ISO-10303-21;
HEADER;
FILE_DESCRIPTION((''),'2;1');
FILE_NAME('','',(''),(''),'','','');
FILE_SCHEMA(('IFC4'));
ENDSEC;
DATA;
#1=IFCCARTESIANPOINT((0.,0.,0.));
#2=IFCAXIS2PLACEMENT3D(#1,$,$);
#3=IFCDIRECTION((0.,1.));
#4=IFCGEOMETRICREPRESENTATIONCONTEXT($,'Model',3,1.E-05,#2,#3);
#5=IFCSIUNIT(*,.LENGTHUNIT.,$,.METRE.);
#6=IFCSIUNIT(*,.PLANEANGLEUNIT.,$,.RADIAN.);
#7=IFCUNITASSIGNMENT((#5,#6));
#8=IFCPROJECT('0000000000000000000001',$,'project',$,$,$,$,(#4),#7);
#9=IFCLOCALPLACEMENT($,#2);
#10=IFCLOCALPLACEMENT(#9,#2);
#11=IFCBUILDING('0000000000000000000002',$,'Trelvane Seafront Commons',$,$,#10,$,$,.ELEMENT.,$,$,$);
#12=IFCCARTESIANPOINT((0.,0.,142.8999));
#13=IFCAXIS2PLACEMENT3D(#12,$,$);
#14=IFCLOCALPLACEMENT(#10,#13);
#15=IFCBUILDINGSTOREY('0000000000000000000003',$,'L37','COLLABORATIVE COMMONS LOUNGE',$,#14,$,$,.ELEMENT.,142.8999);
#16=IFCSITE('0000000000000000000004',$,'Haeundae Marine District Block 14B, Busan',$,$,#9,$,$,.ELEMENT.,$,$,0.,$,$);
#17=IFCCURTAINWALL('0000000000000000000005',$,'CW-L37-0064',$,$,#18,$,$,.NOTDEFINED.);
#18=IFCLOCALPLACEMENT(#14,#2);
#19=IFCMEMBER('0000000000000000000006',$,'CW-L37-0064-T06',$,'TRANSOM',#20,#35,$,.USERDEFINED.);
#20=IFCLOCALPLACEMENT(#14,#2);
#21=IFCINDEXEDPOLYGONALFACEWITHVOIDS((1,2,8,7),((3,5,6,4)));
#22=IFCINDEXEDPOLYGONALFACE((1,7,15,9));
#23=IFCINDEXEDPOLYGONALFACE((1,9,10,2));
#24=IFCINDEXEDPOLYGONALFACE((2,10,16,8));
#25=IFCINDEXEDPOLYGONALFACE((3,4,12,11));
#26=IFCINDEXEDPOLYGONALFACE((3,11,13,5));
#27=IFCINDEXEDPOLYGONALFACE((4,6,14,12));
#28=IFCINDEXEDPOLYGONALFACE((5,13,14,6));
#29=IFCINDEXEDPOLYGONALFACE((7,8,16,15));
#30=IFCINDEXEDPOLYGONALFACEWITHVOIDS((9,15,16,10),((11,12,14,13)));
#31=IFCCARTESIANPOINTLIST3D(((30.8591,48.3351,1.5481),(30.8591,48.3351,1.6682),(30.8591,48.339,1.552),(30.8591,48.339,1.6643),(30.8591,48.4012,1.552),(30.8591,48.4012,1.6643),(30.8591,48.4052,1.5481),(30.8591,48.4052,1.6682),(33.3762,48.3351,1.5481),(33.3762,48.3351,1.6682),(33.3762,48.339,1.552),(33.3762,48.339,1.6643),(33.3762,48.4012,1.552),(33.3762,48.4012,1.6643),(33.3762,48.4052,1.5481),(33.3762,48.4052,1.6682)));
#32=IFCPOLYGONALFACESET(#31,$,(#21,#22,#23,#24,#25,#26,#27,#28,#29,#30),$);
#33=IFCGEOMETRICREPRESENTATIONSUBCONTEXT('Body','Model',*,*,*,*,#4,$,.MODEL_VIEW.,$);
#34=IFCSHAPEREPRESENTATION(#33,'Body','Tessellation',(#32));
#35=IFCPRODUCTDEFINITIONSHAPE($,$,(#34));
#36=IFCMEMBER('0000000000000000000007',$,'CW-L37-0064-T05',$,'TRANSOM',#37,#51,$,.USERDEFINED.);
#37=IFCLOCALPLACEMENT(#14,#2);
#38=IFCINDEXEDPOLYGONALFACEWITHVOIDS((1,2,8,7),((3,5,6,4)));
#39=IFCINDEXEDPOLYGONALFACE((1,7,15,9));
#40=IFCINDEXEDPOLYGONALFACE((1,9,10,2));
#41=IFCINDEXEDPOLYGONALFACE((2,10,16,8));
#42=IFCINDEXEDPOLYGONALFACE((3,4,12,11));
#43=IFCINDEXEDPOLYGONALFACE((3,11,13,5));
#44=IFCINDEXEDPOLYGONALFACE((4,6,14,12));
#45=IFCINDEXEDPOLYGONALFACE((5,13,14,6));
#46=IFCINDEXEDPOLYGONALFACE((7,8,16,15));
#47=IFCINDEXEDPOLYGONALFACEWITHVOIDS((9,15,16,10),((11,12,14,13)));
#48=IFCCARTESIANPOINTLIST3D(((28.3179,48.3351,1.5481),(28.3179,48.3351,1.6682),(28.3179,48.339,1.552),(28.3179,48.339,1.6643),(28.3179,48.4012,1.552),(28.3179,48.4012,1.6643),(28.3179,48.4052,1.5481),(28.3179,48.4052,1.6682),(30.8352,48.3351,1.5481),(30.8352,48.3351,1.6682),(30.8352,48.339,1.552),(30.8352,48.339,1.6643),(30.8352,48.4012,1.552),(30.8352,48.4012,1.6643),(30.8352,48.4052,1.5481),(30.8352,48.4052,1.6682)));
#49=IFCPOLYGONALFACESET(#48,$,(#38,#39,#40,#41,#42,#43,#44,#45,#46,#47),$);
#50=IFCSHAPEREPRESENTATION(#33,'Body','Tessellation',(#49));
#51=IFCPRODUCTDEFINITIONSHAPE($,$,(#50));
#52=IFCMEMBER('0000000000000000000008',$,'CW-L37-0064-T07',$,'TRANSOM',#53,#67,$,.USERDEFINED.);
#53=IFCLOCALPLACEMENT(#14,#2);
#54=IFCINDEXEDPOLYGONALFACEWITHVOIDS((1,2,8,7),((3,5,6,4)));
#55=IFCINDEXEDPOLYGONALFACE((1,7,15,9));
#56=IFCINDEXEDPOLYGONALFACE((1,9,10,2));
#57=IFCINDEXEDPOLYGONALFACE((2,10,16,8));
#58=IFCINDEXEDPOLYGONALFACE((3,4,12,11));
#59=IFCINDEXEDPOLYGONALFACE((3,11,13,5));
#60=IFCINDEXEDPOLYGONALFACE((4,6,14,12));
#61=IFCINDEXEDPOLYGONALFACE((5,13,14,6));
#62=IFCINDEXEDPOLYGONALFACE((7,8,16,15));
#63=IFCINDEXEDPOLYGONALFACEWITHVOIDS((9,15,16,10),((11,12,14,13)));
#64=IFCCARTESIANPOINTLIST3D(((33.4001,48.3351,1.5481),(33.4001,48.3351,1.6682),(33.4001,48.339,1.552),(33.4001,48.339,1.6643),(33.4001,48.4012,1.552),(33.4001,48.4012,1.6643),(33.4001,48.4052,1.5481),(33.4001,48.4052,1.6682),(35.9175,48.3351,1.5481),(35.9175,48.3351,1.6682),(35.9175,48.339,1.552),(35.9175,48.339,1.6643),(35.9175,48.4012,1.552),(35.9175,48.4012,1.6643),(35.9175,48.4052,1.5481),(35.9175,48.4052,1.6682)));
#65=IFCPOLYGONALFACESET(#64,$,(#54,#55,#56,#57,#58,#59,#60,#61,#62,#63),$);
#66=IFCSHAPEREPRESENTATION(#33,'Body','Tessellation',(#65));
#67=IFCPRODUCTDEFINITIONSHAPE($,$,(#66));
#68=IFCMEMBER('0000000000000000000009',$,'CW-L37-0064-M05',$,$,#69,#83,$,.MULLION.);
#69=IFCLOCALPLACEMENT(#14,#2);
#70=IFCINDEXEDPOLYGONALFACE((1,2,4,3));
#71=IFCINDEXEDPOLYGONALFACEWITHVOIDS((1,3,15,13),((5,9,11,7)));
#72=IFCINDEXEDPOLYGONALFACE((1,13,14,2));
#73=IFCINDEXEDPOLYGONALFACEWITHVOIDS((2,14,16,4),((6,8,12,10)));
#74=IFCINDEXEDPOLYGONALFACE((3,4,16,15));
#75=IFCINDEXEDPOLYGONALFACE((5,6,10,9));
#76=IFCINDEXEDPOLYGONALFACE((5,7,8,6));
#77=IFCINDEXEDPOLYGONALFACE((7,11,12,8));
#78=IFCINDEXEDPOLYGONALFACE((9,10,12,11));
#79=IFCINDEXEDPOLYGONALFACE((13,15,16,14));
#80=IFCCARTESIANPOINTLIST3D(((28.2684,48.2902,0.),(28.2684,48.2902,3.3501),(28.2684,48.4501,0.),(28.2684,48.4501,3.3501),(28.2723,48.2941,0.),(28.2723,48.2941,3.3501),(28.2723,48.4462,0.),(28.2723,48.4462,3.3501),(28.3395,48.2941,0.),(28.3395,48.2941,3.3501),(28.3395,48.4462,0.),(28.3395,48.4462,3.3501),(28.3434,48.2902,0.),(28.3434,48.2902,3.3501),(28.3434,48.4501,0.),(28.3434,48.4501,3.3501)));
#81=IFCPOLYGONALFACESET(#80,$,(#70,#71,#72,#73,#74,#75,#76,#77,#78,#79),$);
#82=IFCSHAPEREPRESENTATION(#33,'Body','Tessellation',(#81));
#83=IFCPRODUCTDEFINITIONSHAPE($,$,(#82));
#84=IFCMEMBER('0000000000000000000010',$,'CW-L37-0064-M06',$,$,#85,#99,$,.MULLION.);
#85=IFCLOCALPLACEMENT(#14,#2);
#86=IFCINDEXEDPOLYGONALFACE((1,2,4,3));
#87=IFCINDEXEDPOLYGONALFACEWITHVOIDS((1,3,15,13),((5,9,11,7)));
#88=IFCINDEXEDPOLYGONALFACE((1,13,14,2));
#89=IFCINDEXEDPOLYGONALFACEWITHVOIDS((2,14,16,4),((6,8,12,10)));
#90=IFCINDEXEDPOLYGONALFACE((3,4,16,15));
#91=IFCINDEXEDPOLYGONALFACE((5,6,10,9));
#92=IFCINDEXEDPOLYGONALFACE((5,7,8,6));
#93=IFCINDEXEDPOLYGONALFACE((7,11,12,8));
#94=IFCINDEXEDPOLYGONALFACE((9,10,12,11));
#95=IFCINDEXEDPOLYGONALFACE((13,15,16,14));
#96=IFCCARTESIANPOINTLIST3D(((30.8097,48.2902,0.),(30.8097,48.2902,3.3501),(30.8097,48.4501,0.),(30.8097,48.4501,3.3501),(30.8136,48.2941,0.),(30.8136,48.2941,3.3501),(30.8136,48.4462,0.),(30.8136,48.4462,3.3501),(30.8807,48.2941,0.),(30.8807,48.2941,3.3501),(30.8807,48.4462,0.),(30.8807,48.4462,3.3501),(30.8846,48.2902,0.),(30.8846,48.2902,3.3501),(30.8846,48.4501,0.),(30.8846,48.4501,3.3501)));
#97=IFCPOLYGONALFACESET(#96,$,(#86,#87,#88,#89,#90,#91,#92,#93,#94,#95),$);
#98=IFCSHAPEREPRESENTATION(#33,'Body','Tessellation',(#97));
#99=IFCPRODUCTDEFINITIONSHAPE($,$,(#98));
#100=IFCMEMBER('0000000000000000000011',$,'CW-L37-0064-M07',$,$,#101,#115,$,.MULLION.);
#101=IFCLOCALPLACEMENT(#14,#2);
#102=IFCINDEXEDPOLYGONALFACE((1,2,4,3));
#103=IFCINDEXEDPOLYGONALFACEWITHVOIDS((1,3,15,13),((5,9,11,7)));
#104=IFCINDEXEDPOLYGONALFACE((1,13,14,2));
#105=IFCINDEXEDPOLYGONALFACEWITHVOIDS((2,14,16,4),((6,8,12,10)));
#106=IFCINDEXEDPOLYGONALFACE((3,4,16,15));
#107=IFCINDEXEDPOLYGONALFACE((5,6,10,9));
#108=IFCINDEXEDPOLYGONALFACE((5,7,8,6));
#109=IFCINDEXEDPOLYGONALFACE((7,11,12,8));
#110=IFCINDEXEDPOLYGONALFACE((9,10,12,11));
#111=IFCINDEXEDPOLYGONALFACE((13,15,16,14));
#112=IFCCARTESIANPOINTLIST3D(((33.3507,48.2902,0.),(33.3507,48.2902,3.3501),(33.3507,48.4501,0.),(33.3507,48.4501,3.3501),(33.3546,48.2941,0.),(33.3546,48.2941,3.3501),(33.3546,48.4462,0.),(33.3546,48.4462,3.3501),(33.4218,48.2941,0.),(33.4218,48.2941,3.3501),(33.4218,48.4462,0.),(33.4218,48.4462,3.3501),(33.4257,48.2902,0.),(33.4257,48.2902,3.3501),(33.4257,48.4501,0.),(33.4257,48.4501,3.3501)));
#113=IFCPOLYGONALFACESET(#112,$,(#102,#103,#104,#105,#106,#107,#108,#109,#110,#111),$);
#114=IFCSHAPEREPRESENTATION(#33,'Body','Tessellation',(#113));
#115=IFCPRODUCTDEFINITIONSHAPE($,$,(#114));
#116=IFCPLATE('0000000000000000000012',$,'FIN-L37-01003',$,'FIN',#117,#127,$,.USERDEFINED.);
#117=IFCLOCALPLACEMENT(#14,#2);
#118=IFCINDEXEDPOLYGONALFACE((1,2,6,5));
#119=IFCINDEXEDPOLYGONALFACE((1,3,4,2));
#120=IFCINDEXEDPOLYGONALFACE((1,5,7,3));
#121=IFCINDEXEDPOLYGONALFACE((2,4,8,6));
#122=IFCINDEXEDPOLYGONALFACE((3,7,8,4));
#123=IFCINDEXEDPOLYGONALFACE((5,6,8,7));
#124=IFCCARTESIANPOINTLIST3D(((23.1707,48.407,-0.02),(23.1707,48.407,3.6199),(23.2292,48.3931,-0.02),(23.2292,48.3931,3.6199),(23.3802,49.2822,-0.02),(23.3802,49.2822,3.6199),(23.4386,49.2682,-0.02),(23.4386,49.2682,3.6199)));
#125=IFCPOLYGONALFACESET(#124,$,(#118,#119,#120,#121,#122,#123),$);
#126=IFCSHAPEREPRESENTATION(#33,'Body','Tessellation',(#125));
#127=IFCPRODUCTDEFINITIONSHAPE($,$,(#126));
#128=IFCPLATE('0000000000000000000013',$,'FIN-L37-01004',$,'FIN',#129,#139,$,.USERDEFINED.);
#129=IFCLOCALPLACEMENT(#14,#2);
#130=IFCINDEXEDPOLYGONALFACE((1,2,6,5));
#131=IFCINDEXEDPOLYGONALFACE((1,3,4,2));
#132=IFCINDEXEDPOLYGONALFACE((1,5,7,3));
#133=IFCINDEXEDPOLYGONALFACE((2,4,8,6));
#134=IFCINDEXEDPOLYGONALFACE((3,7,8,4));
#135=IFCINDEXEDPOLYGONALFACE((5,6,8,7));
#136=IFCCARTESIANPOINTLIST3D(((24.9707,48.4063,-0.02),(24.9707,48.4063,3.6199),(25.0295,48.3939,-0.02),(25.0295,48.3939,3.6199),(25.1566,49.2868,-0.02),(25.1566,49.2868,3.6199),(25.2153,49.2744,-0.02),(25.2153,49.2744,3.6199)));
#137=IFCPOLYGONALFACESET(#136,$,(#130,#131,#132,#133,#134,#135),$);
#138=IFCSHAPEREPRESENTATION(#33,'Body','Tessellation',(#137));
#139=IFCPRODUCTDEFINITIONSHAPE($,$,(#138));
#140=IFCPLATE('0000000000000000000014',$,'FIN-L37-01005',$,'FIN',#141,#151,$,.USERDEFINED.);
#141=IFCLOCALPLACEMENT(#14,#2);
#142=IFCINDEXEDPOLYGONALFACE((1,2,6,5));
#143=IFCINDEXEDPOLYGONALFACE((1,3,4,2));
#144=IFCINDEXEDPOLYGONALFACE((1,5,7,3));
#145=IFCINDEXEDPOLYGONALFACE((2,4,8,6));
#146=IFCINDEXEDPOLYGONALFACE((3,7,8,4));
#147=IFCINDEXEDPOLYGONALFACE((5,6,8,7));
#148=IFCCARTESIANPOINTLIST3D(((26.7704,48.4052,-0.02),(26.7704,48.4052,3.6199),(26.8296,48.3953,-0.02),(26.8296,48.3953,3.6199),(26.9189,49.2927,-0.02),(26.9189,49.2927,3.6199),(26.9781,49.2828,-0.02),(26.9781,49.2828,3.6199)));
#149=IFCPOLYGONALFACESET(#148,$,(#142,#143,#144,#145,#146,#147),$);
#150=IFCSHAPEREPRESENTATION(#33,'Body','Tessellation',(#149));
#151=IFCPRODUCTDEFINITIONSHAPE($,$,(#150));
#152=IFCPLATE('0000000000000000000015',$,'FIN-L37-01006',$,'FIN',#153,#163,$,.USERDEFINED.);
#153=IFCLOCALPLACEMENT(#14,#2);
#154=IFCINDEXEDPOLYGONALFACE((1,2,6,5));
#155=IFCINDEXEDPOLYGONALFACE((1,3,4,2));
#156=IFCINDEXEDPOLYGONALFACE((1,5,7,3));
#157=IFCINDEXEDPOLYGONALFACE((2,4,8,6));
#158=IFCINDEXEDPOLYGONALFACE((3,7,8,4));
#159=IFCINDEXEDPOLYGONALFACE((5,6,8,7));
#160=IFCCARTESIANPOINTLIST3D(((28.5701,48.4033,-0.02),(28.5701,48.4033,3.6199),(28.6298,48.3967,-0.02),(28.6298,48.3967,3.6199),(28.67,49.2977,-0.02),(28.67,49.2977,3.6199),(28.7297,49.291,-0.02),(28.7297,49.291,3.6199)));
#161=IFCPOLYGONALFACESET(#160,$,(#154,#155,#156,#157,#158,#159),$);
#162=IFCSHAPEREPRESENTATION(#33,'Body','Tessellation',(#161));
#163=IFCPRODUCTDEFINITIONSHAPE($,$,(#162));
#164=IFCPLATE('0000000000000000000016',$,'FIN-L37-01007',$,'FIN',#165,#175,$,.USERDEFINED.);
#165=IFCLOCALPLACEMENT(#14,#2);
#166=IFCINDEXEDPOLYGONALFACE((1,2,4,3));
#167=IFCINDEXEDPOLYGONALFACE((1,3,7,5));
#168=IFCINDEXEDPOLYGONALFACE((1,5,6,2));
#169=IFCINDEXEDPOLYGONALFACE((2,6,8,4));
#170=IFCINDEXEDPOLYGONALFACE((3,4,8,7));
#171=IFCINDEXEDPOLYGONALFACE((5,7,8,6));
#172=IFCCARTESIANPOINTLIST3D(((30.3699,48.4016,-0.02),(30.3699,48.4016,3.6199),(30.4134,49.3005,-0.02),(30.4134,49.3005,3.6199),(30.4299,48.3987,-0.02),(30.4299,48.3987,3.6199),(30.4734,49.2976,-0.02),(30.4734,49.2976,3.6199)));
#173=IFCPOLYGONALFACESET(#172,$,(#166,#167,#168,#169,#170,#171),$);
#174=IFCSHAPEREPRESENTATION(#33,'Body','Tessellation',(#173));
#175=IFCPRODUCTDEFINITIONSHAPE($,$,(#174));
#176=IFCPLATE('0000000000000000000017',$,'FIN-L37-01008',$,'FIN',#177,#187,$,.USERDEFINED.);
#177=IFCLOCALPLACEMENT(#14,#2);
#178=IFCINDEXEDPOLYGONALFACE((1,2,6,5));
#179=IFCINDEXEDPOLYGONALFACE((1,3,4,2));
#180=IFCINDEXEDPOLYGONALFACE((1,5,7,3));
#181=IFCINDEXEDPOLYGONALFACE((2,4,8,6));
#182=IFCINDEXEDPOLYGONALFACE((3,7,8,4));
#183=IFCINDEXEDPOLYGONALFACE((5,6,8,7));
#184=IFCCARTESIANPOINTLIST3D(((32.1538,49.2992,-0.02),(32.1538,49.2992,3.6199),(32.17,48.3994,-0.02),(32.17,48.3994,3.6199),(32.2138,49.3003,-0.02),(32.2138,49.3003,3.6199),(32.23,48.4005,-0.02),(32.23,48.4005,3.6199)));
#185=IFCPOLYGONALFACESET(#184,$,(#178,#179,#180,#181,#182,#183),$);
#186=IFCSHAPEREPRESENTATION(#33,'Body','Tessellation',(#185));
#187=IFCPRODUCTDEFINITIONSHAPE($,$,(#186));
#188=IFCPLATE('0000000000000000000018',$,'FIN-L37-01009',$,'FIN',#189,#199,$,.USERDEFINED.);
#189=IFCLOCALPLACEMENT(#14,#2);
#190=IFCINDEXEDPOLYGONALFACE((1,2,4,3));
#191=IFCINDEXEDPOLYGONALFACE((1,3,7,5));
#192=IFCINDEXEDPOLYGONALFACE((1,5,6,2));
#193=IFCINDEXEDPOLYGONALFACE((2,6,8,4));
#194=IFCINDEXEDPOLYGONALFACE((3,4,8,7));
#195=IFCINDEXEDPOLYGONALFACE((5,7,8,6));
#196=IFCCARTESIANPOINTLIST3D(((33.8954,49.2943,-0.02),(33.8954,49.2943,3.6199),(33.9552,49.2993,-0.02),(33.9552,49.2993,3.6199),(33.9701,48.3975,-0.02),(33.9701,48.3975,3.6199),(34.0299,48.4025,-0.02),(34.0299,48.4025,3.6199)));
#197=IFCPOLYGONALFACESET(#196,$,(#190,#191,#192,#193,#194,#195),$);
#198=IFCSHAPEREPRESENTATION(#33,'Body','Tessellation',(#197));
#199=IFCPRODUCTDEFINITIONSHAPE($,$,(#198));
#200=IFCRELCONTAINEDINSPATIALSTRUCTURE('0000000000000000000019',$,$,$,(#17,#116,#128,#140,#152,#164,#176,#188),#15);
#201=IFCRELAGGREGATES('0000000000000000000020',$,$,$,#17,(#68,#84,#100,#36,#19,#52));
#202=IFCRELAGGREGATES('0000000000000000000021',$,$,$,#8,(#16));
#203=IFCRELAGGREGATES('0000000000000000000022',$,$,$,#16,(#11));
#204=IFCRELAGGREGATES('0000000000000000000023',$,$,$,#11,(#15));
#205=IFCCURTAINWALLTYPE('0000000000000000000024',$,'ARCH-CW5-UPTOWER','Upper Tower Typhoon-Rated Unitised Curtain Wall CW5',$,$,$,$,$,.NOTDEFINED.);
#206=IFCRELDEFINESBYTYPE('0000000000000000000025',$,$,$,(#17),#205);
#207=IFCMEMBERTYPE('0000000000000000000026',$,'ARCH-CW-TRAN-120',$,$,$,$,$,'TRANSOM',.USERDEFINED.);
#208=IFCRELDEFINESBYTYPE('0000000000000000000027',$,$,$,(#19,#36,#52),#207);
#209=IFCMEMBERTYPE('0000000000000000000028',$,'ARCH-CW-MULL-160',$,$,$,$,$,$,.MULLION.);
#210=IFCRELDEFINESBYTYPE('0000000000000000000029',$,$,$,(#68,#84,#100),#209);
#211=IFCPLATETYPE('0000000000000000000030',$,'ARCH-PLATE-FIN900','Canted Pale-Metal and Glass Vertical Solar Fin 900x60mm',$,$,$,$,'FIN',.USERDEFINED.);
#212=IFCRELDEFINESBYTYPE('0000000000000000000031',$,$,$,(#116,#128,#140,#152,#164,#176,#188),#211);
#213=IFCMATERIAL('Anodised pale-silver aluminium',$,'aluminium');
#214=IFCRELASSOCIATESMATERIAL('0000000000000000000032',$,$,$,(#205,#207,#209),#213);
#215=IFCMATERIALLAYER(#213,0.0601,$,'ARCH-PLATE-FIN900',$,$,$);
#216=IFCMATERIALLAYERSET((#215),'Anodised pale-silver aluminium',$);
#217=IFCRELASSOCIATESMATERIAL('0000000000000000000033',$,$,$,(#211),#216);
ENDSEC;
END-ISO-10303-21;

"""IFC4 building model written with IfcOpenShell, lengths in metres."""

from ifc_helpers import new_model, si_unit, direction, frame, origin, origin_2d, place, context, subcontext, project, spatial, rectangle, hollow_rectangle, extrude, source, transform, mapped, material, layer, layer_set, material_profile, profile_set, type_object, element, aggregate, save


model = new_model("IFC4")

# Units and contexts
model_context = context("Model", 3, precision=1e-05, world=origin(), true_north=direction((0.0, 1.0)))
body_context = subcontext(model_context, "Body", "Model", "MODEL_VIEW")
ifc_project = project(units=[si_unit("LENGTHUNIT", "METRE"), si_unit("PLANEANGLEUNIT", "RADIAN")], contexts=[model_context])

# Site, building, storey
site_placement = place(None, origin())
site = spatial("IfcSite", under=ifc_project, at=site_placement, Name="Haeundae Marine District Block 14B, Busan", CompositionType="ELEMENT", RefElevation=0.0)
building_placement = place(site_placement, origin())
building = spatial("IfcBuilding", under=site, at=building_placement, Name="Trelvane Seafront Commons", CompositionType="ELEMENT")
storey_placement = place(building_placement, frame((0.0, 0.0, 142.8999)))
storey = spatial("IfcBuildingStorey", under=building, at=storey_placement, Name="L37", Description="COLLABORATIVE COMMONS LOUNGE", CompositionType="ELEMENT", Elevation=142.8999)

# Curtain wall, members
ifc_material_1 = material(Name="Anodised pale-silver aluminium", Category="aluminium")
curtain_wall_type = type_object("IfcCurtainWallType", Name="ARCH-CW5-UPTOWER", Description="Upper Tower Typhoon-Rated Unitised Curtain Wall CW5", PredefinedType="NOTDEFINED", material=ifc_material_1)
curtain_wall_placement = place(storey_placement, origin())
curtain_wall = element("IfcCurtainWall", 1, at=curtain_wall_placement, inside=storey, type_object=curtain_wall_type, Name="CW-L37-0064", PredefinedType="NOTDEFINED")
ifc_material_profile_1 = material_profile(ifc_material_1, hollow_rectangle(XDim=0.0701, YDim=0.1201, WallThickness=0.0039, at=origin_2d()), Name="TRAN-70x120x4")
ifc_profile_set_1 = profile_set([ifc_material_profile_1], Name="Anodised pale-silver aluminium")
member_type_1 = type_object("IfcMemberType", Name="ARCH-CW-TRAN-120", ElementType="TRANSOM", PredefinedType="USERDEFINED", material=ifc_profile_set_1)
shared_shape_1 = source(origin(), body_context, "Body", "SweptSolid", [
    extrude(hollow_rectangle(XDim=0.0701, YDim=0.1201, WallThickness=0.0039, at=origin_2d()), origin(), (0.0, 0.0, 1.0), 2.5171),
])
member_1_placement = place(storey_placement, frame((30.8591, 48.3701, 1.6082), z_axis=(1.0, 0.0, 0.0), x_axis=(0.0, 1.0, 0.0)))
member_1 = element("IfcMember", 2, at=member_1_placement, type_object=member_type_1, Name="CW-L37-0064-T06", ObjectType="TRANSOM", PredefinedType="USERDEFINED", context=body_context, shape_type="MappedRepresentation", body=[
    mapped(shared_shape_1, transform((0.0, 0.0, 0.0), x_axis=(1.0, 0.0, 0.0), y_axis=(0.0, 1.0, 0.0), z_axis=(0.0, 0.0, 1.0), scale=1.0)),
])
shared_shape_2 = source(origin(), body_context, "Body", "SweptSolid", [
    extrude(hollow_rectangle(XDim=0.0701, YDim=0.1201, WallThickness=0.0039, at=origin_2d()), origin(), (0.0, 0.0, 1.0), 2.5173),
])
member_2_placement = place(storey_placement, frame((28.3179, 48.3701, 1.6082), z_axis=(1.0, 0.0, 0.0), x_axis=(0.0, 1.0, 0.0)))
member_2 = element("IfcMember", 3, at=member_2_placement, type_object=member_type_1, Name="CW-L37-0064-T05", ObjectType="TRANSOM", PredefinedType="USERDEFINED", context=body_context, shape_type="MappedRepresentation", body=[
    mapped(shared_shape_2, transform((0.0, 0.0, 0.0), x_axis=(1.0, 0.0, 0.0), y_axis=(0.0, 1.0, 0.0), z_axis=(0.0, 0.0, 1.0), scale=1.0)),
])
member_3_placement = place(storey_placement, frame((33.4001, 48.3701, 1.6082), z_axis=(1.0, 0.0, 0.0), x_axis=(0.0, 1.0, 0.0)))
member_3 = element("IfcMember", 4, at=member_3_placement, type_object=member_type_1, Name="CW-L37-0064-T07", ObjectType="TRANSOM", PredefinedType="USERDEFINED", context=body_context, shape_type="MappedRepresentation", body=[
    mapped(shared_shape_2, transform((0.0, 0.0, 0.0), x_axis=(1.0, 0.0, 0.0), y_axis=(0.0, 1.0, 0.0), z_axis=(0.0, 0.0, 1.0), scale=1.0)),
])
ifc_material_profile_2 = material_profile(ifc_material_1, hollow_rectangle(XDim=0.075, YDim=0.1599, WallThickness=0.0039, at=origin_2d()), Name="MULL-75x160x4")
ifc_profile_set_2 = profile_set([ifc_material_profile_2], Name="Anodised pale-silver aluminium")
member_type_2 = type_object("IfcMemberType", Name="ARCH-CW-MULL-160", PredefinedType="MULLION", material=ifc_profile_set_2)
shared_shape_3 = source(origin(), body_context, "Body", "SweptSolid", [
    extrude(hollow_rectangle(XDim=0.075, YDim=0.1599, WallThickness=0.0039, at=origin_2d()), origin(), (0.0, 0.0, 1.0), 3.3501),
])
member_4_placement = place(storey_placement, frame((28.3059, 48.3701, 0.0), z_axis=(0.0, 0.0, 1.0), x_axis=(1.0, 0.0, 0.0)))
member_4 = element("IfcMember", 5, at=member_4_placement, type_object=member_type_2, Name="CW-L37-0064-M05", PredefinedType="MULLION", context=body_context, shape_type="MappedRepresentation", body=[
    mapped(shared_shape_3, transform((0.0, 0.0, 0.0), x_axis=(1.0, 0.0, 0.0), y_axis=(0.0, 1.0, 0.0), z_axis=(0.0, 0.0, 1.0), scale=1.0)),
])
member_5_placement = place(storey_placement, frame((30.8472, 48.3701, 0.0), z_axis=(0.0, 0.0, 1.0), x_axis=(1.0, 0.0, 0.0)))
member_5 = element("IfcMember", 6, at=member_5_placement, type_object=member_type_2, Name="CW-L37-0064-M06", PredefinedType="MULLION", context=body_context, shape_type="MappedRepresentation", body=[
    mapped(shared_shape_3, transform((0.0, 0.0, 0.0), x_axis=(1.0, 0.0, 0.0), y_axis=(0.0, 1.0, 0.0), z_axis=(0.0, 0.0, 1.0), scale=1.0)),
])
member_6_placement = place(storey_placement, frame((33.3882, 48.3701, 0.0), z_axis=(0.0, 0.0, 1.0), x_axis=(1.0, 0.0, 0.0)))
member_6 = element("IfcMember", 7, at=member_6_placement, type_object=member_type_2, Name="CW-L37-0064-M07", PredefinedType="MULLION", context=body_context, shape_type="MappedRepresentation", body=[
    mapped(shared_shape_3, transform((0.0, 0.0, 0.0), x_axis=(1.0, 0.0, 0.0), y_axis=(0.0, 1.0, 0.0), z_axis=(0.0, 0.0, 1.0), scale=1.0)),
])

# Plates
ifc_layer_1 = layer(ifc_material_1, 0.0601, Name="ARCH-PLATE-FIN900")
ifc_layer_set_1 = layer_set([ifc_layer_1], Name="Anodised pale-silver aluminium")
plate_type_1 = type_object("IfcPlateType", Name="ARCH-PLATE-FIN900", Description="Canted Pale-Metal and Glass Vertical Solar Fin 900x60mm", ElementType="FIN", PredefinedType="USERDEFINED", material=ifc_layer_set_1)
shared_shape_4 = source(origin(), body_context, "Body", "SweptSolid", [
    extrude(rectangle(XDim=0.8999, YDim=0.0601, at=origin_2d()), origin(), (0.0, 0.0, 1.0), 3.6399),
])
for number, where, z_axis, x_axis, name in (
    (8, (23.3047, 48.8376, -0.02), (0.0, 0.0, 1.0), (0.232772, 0.972531, 0.0), "FIN-L37-01003"),
    (9, (25.093, 48.8403, -0.02), (0.0, 0.0, 1.0), (0.206554, 0.978435, 0.0), "FIN-L37-01004"),
    (10, (26.8743, 48.844, -0.02), (0.0, 0.0, 1.0), (0.164994, 0.986295, 0.0), "FIN-L37-01005"),
    (11, (28.6499, 48.8472, -0.02), (0.0, 0.0, 1.0), (0.111004, 0.99382, 0.0), "FIN-L37-01006"),
    (12, (30.4216, 48.8496, -0.02), (0.0, 0.0, 1.0), (0.048336, 0.998831, 0.0), "FIN-L37-01007"),
    (13, (32.1919, 48.8499, -0.02), (0.0, 0.0, 1.0), (-0.017999, 0.999838, 0.0), "FIN-L37-01008"),
    (14, (33.9626, 48.8484, -0.02), (0.0, 0.0, 1.0), (-0.083, 0.99655, 0.0), "FIN-L37-01009"),
):
    element("IfcPlate", number, at=place(storey_placement, frame(where, z_axis=z_axis, x_axis=x_axis)), inside=storey, type_object=plate_type_1, Name=name, ObjectType="FIN", PredefinedType="USERDEFINED", context=body_context, shape_type="MappedRepresentation", body=[
        mapped(shared_shape_4, transform((0.0, 0.0, 0.0), x_axis=(1.0, 0.0, 0.0), y_axis=(0.0, 1.0, 0.0), z_axis=(0.0, 0.0, 1.0), scale=1.0)),
    ])

aggregate(curtain_wall, [member_4, member_5, member_6, member_2, member_1, member_3])

save(model, "model.ifc")
